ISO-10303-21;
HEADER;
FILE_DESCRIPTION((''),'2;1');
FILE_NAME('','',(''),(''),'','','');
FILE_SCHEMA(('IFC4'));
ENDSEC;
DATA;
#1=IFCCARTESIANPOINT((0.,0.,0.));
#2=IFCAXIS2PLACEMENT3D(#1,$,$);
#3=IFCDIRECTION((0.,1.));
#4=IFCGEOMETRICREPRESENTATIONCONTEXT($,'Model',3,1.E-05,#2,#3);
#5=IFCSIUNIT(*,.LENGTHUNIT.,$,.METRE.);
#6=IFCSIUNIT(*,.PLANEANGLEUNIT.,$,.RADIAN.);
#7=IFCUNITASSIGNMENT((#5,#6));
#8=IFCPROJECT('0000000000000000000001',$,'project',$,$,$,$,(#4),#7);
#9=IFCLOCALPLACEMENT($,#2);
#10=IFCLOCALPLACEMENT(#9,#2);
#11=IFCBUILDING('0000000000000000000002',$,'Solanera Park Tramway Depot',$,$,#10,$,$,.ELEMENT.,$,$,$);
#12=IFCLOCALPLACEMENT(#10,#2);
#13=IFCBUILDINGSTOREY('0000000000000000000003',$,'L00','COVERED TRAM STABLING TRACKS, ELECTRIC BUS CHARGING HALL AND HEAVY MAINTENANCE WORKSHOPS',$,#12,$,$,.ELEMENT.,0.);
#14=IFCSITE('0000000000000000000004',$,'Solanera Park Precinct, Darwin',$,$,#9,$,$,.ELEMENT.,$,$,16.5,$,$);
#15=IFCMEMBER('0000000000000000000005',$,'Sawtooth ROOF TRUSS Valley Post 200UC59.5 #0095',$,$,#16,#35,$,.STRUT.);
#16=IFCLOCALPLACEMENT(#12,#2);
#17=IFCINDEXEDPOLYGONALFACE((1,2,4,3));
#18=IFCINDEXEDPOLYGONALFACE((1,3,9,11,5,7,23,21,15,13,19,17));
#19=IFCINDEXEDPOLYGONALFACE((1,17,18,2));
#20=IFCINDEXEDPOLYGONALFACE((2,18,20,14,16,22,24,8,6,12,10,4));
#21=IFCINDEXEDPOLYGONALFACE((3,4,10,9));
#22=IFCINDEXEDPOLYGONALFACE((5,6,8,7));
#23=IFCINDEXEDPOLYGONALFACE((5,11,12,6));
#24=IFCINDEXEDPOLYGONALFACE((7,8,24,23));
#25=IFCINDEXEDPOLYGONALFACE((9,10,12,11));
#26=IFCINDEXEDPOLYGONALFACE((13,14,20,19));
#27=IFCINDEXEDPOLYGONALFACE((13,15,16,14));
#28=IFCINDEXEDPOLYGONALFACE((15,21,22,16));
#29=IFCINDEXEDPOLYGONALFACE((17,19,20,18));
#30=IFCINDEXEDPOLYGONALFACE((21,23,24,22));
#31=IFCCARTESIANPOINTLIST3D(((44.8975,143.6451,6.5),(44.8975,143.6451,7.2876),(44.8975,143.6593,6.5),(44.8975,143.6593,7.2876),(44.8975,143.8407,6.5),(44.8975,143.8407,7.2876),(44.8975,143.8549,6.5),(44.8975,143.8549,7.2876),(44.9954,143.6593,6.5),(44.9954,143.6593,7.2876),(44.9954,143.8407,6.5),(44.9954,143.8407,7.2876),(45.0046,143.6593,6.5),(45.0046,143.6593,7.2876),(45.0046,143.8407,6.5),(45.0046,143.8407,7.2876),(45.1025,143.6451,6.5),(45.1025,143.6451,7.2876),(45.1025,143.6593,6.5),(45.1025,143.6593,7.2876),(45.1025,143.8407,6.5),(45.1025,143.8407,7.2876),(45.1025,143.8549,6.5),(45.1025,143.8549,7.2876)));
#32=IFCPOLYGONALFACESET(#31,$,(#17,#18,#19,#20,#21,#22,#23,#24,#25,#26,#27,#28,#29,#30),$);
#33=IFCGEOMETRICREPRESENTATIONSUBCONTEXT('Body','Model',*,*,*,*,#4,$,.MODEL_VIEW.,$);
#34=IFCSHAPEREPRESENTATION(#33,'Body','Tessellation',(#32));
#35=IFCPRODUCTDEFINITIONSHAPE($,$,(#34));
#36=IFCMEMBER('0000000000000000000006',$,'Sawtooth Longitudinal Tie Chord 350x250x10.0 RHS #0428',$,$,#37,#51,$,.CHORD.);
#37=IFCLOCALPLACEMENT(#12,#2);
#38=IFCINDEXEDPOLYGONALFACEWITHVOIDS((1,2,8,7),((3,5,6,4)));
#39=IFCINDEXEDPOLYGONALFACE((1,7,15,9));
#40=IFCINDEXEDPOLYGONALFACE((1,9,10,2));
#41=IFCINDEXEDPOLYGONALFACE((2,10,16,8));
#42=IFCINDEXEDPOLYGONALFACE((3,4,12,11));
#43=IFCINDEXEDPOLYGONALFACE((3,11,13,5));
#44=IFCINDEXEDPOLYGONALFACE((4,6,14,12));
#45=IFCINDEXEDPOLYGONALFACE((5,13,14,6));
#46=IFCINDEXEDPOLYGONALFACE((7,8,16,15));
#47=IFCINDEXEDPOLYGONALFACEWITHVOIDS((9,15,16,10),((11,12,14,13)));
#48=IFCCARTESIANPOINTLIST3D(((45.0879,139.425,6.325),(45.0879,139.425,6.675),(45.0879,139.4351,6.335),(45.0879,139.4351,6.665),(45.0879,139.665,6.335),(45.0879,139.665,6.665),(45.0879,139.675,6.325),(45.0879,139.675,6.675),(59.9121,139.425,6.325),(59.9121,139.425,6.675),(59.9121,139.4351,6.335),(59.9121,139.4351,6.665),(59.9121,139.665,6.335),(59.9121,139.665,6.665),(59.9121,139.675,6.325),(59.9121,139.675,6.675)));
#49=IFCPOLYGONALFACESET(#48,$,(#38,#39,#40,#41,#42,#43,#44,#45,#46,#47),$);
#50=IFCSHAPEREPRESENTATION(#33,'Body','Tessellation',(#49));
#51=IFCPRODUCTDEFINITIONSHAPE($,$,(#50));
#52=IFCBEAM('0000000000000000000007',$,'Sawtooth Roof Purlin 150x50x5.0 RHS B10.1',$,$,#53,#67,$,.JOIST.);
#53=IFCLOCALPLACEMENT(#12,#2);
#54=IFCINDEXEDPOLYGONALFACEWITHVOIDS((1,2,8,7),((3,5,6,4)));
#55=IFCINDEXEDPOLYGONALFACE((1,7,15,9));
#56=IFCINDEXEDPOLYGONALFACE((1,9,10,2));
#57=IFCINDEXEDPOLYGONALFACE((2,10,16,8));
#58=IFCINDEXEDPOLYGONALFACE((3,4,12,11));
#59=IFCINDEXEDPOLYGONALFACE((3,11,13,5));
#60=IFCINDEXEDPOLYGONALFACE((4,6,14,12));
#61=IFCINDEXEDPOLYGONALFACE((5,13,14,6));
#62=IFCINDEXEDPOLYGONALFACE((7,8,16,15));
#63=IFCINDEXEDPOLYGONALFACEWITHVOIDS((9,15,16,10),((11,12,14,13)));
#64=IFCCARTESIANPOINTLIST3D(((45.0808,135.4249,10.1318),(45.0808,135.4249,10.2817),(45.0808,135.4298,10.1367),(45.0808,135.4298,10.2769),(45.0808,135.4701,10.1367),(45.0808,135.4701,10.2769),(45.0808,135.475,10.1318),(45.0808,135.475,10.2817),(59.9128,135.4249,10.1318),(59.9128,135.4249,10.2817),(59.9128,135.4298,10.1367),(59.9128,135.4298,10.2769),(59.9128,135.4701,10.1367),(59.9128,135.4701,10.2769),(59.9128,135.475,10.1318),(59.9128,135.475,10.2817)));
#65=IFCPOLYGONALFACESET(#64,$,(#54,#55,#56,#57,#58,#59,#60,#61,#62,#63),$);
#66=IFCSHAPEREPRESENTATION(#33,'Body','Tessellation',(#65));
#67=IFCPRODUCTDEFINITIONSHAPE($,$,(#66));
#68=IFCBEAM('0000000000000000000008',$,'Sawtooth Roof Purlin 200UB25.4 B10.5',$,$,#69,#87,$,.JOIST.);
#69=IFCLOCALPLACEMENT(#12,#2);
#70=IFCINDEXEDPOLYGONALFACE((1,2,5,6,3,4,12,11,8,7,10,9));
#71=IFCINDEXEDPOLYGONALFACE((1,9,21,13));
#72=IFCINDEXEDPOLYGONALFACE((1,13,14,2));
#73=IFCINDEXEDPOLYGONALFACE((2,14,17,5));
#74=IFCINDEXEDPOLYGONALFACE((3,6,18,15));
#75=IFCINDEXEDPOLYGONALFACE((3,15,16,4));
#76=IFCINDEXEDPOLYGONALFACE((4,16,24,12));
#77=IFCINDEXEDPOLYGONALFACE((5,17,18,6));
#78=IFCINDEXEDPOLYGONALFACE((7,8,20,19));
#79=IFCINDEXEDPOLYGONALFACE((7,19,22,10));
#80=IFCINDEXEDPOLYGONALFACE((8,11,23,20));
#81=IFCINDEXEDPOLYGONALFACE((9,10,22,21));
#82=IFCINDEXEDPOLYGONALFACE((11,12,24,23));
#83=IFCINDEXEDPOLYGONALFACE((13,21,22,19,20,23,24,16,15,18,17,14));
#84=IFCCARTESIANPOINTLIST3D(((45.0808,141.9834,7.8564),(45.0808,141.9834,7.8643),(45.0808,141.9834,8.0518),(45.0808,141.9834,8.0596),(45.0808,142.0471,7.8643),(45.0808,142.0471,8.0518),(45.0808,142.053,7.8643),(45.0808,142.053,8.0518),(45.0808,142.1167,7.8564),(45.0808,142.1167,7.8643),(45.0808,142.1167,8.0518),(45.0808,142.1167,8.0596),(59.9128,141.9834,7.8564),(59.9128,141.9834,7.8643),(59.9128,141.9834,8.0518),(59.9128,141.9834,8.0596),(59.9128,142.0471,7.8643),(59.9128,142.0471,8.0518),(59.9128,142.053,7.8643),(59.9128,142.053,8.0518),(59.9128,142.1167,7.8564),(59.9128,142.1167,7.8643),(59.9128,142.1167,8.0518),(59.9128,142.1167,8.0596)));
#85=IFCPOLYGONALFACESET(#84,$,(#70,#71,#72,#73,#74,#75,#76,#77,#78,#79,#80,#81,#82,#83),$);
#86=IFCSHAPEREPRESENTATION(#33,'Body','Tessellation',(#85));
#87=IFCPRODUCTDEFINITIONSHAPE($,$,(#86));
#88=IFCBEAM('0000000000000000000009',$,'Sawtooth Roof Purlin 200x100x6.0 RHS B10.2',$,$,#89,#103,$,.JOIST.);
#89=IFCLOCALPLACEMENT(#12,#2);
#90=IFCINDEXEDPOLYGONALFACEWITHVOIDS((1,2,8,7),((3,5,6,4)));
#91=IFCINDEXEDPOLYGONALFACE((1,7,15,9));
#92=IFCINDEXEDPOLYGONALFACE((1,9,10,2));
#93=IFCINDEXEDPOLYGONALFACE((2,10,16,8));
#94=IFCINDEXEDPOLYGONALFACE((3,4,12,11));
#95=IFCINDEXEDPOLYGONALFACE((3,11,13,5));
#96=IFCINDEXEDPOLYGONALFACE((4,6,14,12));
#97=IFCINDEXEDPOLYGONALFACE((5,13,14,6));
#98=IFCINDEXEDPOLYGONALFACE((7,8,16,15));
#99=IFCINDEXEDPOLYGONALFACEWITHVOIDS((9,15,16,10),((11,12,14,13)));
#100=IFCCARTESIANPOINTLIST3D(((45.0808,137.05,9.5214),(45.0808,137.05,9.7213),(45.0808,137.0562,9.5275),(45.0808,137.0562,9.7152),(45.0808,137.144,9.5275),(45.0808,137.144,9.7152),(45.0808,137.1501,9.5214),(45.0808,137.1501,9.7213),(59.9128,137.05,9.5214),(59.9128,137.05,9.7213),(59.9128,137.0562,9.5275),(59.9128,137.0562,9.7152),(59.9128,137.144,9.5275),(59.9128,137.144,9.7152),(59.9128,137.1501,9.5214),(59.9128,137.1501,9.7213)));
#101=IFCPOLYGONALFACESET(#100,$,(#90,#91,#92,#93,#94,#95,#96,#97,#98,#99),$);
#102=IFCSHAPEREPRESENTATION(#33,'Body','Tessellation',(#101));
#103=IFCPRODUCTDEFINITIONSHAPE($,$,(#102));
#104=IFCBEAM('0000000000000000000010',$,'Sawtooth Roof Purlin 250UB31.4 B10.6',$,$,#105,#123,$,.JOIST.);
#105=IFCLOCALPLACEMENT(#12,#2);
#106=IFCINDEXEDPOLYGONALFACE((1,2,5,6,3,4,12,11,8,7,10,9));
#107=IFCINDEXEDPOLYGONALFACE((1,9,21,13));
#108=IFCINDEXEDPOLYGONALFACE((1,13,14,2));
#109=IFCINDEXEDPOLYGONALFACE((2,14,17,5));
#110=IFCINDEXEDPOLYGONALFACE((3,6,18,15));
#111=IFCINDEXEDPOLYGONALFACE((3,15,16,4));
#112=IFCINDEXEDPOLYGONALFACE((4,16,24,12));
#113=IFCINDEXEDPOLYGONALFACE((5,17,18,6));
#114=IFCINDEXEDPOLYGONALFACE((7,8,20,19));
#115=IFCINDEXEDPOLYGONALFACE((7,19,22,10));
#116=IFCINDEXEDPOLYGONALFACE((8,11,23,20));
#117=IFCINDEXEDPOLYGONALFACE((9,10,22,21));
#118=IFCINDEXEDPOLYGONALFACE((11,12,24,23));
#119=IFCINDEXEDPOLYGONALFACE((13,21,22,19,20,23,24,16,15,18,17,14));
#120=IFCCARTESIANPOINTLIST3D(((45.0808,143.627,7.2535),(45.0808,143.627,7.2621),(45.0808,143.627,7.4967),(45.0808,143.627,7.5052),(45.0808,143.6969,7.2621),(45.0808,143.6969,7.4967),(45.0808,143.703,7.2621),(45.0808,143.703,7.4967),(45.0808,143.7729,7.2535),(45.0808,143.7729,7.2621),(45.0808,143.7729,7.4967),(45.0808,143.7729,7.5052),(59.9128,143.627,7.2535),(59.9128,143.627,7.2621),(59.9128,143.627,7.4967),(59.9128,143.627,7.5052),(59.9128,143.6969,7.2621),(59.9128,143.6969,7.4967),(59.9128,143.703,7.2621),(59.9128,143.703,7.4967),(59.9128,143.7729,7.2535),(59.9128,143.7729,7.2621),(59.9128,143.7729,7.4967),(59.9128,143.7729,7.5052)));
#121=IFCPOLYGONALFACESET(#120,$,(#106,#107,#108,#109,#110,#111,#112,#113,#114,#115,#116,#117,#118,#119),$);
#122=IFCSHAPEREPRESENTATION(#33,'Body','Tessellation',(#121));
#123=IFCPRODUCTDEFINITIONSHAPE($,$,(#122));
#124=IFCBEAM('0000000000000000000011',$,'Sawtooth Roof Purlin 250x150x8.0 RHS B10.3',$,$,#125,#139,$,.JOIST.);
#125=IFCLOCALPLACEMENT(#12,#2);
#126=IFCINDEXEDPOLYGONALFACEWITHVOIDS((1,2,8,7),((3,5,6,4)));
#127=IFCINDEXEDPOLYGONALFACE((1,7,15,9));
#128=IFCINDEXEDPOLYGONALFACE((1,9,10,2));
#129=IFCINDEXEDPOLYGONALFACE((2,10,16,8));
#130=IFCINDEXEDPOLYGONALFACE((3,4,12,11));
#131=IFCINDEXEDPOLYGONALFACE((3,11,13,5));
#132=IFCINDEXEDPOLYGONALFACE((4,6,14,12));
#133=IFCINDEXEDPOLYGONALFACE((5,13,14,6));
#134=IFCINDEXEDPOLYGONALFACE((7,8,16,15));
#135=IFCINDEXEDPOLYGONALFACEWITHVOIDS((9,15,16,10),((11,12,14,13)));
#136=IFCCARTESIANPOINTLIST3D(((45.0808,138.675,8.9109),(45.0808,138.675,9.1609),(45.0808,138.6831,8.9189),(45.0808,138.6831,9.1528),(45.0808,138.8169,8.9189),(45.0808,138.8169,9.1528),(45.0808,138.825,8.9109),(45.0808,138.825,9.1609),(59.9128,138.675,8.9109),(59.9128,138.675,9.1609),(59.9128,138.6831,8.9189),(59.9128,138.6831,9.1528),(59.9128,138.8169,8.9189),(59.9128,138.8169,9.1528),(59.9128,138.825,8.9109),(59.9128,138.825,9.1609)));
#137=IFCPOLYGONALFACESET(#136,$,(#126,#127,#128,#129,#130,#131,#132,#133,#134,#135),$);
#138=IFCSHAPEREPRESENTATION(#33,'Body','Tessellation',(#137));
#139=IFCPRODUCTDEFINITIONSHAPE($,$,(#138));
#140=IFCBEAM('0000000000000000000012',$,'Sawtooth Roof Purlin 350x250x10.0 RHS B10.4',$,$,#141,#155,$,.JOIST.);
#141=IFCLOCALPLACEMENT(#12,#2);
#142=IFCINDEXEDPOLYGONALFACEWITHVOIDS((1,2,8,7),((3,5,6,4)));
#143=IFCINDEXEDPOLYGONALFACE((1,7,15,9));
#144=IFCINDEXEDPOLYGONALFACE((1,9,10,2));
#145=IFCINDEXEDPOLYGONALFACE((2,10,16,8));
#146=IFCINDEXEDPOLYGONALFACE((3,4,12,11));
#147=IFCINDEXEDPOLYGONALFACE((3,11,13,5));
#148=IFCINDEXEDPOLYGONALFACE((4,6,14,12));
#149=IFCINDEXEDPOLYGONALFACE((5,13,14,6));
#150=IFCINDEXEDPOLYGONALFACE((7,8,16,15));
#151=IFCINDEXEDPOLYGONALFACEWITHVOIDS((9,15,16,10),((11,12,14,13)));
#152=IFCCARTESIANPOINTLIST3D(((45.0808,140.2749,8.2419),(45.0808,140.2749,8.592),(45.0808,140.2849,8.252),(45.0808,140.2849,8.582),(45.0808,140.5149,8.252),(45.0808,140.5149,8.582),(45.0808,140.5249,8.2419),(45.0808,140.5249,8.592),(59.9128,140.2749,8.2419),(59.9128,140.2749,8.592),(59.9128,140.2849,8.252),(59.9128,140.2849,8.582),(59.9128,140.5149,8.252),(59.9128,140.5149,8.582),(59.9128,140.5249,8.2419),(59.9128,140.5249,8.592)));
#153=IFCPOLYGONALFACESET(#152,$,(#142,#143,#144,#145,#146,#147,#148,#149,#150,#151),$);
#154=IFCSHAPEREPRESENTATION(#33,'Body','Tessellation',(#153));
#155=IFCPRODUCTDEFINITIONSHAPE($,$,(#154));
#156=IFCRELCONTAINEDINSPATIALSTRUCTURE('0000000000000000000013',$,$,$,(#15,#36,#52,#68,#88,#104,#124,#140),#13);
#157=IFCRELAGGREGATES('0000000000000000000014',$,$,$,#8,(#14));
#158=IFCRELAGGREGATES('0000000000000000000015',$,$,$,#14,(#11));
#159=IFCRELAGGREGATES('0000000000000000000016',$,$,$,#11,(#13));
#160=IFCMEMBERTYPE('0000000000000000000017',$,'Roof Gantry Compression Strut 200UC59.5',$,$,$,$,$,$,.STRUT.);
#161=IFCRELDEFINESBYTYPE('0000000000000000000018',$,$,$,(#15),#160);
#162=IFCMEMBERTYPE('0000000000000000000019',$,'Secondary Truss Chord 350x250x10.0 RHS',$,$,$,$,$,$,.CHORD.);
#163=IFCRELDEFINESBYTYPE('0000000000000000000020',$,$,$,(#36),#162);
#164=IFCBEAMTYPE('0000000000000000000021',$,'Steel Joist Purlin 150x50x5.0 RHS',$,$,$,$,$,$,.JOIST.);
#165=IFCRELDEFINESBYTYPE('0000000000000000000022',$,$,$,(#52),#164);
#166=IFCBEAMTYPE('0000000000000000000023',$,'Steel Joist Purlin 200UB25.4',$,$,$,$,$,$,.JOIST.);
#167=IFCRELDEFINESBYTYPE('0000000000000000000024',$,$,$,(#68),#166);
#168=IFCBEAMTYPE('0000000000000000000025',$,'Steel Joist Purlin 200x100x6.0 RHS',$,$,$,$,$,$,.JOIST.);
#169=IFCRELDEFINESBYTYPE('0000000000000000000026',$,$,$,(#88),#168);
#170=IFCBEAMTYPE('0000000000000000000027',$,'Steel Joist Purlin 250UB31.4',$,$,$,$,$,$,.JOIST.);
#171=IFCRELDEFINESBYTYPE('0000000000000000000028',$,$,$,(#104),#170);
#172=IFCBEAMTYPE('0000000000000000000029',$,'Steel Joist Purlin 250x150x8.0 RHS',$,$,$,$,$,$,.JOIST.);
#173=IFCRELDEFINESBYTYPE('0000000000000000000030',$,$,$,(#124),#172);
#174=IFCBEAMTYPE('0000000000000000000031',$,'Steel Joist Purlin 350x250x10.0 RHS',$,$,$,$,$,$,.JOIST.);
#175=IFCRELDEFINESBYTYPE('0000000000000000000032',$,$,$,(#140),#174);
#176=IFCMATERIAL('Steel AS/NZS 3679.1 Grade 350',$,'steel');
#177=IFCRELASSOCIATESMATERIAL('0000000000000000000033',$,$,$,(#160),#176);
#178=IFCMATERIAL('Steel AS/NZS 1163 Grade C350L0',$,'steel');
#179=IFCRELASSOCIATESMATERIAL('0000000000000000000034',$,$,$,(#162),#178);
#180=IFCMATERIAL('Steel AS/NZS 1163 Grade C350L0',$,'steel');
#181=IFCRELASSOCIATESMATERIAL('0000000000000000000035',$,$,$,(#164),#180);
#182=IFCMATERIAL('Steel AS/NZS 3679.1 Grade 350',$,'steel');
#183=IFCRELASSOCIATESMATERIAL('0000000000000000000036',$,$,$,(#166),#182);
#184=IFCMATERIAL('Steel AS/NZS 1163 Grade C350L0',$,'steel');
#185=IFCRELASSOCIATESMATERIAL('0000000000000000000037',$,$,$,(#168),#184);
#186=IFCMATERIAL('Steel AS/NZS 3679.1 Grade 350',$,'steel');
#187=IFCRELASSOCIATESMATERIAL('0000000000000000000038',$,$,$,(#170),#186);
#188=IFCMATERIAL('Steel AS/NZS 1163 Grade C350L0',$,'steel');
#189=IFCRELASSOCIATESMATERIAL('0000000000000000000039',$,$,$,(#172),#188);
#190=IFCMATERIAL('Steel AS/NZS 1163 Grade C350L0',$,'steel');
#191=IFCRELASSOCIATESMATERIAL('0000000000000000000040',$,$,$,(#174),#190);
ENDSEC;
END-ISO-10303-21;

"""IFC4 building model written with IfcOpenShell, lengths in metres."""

from ifc_helpers import new_model, si_unit, direction, frame, origin, origin_2d, place, context, subcontext, project, spatial, hollow_rectangle, i_section, extrude, material, material_profile, profile_set, type_object, element, save


model = new_model("IFC4")

# Units and contexts
model_context = context("Model", 3, precision=1e-05, world=origin(), true_north=direction((0.0, 1.0)))
body_context = subcontext(model_context, "Body", "Model", "MODEL_VIEW")
ifc_project = project(units=[si_unit("LENGTHUNIT", "METRE"), si_unit("PLANEANGLEUNIT", "RADIAN")], contexts=[model_context])

# Site, building, storey
site_placement = place(None, origin())
site = spatial("IfcSite", under=ifc_project, at=site_placement, Name="Solanera Park Precinct, Darwin", CompositionType="ELEMENT", RefElevation=16.5)
building_placement = place(site_placement, origin())
building = spatial("IfcBuilding", under=site, at=building_placement, Name="Solanera Park Tramway Depot", CompositionType="ELEMENT")
storey_placement = place(building_placement, origin())
storey = spatial("IfcBuildingStorey", under=building, at=storey_placement, Name="L00", Description="COVERED TRAM STABLING TRACKS, ELECTRIC BUS CHARGING HALL AND HEAVY MAINTENANCE WORKSHOPS", CompositionType="ELEMENT", Elevation=0.0)

# Members
ifc_material_1 = material(Name="Steel AS/NZS 3679.1 Grade 350", Category="steel")
ifc_material_profile_1 = material_profile(ifc_material_1, i_section(OverallWidth=0.2051, OverallDepth=0.2097, WebThickness=0.0093, FlangeThickness=0.0142, at=origin_2d()), Name="200UC59.5")
ifc_profile_set_1 = profile_set([ifc_material_profile_1], Name="Steel AS/NZS 3679.1 Grade 350")
member_type_1 = type_object("IfcMemberType", Name="Roof Gantry Compression Strut 200UC59.5", PredefinedType="STRUT", material=ifc_profile_set_1)
member_1_placement = place(storey_placement, frame((45.0, 143.75, 6.5), z_axis=(0.0, 0.0, 1.0), x_axis=(1.0, 0.0, 0.0)))
element("IfcMember", 1, at=member_1_placement, inside=storey, type_object=member_type_1, Name="Sawtooth ROOF TRUSS Valley Post 200UC59.5 #0095", PredefinedType="STRUT", context=body_context, shape_type="SweptSolid", body=[
    extrude(i_section(OverallWidth=0.2051, OverallDepth=0.2097, WebThickness=0.0093, FlangeThickness=0.0142, at=origin_2d()), origin(), (0.0, 0.0, 1.0), 0.7876),
])
ifc_material_2 = material(Name="Steel AS/NZS 1163 Grade C350L0", Category="steel")
ifc_material_profile_2 = material_profile(ifc_material_2, hollow_rectangle(XDim=0.25, YDim=0.3501, WallThickness=0.01, at=origin_2d()), Name="350x250x10.0 RHS")
ifc_profile_set_2 = profile_set([ifc_material_profile_2], Name="Steel AS/NZS 1163 Grade C350L0")
member_type_2 = type_object("IfcMemberType", Name="Secondary Truss Chord 350x250x10.0 RHS", PredefinedType="CHORD", material=ifc_profile_set_2)
member_2_placement = place(storey_placement, frame((45.0879, 139.55, 6.5), z_axis=(1.0, 0.0, 0.0), x_axis=(0.0, 1.0, 0.0)))
element("IfcMember", 2, at=member_2_placement, inside=storey, type_object=member_type_2, Name="Sawtooth Longitudinal Tie Chord 350x250x10.0 RHS #0428", PredefinedType="CHORD", context=body_context, shape_type="SweptSolid", body=[
    extrude(hollow_rectangle(XDim=0.25, YDim=0.3501, WallThickness=0.01, at=origin_2d()), origin(), (0.0, 0.0, 1.0), 14.8242),
])

# Beams
ifc_material_3 = material(Name="Steel AS/NZS 1163 Grade C350L0", Category="steel")
ifc_material_profile_3 = material_profile(ifc_material_3, hollow_rectangle(XDim=0.05, YDim=0.1499, WallThickness=0.0049, at=origin_2d()), Name="150x50x5.0 RHS")
ifc_profile_set_3 = profile_set([ifc_material_profile_3], Name="Steel AS/NZS 1163 Grade C350L0")
beam_type_1 = type_object("IfcBeamType", Name="Steel Joist Purlin 150x50x5.0 RHS", PredefinedType="JOIST", material=ifc_profile_set_3)
beam_1_placement = place(storey_placement, frame((45.0808, 135.45, 10.2068), z_axis=(1.0, 0.0, 0.0), x_axis=(0.0, 1.0, 0.0)))
element("IfcBeam", 3, at=beam_1_placement, inside=storey, type_object=beam_type_1, Name="Sawtooth Roof Purlin 150x50x5.0 RHS B10.1", PredefinedType="JOIST", context=body_context, shape_type="SweptSolid", body=[
    extrude(hollow_rectangle(XDim=0.05, YDim=0.1499, WallThickness=0.0049, at=origin_2d()), origin(), (0.0, 0.0, 1.0), 14.832),
])
ifc_material_4 = material(Name="Steel AS/NZS 3679.1 Grade 350", Category="steel")
ifc_material_profile_4 = material_profile(ifc_material_4, i_section(OverallWidth=0.1333, OverallDepth=0.2031, WebThickness=0.0059, FlangeThickness=0.0078, at=origin_2d()), Name="200UB25.4")
ifc_profile_set_4 = profile_set([ifc_material_profile_4], Name="Steel AS/NZS 3679.1 Grade 350")
beam_type_2 = type_object("IfcBeamType", Name="Steel Joist Purlin 200UB25.4", PredefinedType="JOIST", material=ifc_profile_set_4)
beam_2_placement = place(storey_placement, frame((45.0808, 142.05, 7.958), z_axis=(1.0, 0.0, 0.0), x_axis=(0.0, 1.0, 0.0)))
element("IfcBeam", 4, at=beam_2_placement, inside=storey, type_object=beam_type_2, Name="Sawtooth Roof Purlin 200UB25.4 B10.5", PredefinedType="JOIST", context=body_context, shape_type="SweptSolid", body=[
    extrude(i_section(OverallWidth=0.1333, OverallDepth=0.2031, WebThickness=0.0059, FlangeThickness=0.0078, at=origin_2d()), origin(), (0.0, 0.0, 1.0), 14.832),
])
ifc_material_5 = material(Name="Steel AS/NZS 1163 Grade C350L0", Category="steel")
ifc_material_profile_5 = material_profile(ifc_material_5, hollow_rectangle(XDim=0.1001, YDim=0.2, WallThickness=0.0061, at=origin_2d()), Name="200x100x6.0 RHS")
ifc_profile_set_5 = profile_set([ifc_material_profile_5], Name="Steel AS/NZS 1163 Grade C350L0")
beam_type_3 = type_object("IfcBeamType", Name="Steel Joist Purlin 200x100x6.0 RHS", PredefinedType="JOIST", material=ifc_profile_set_5)
beam_3_placement = place(storey_placement, frame((45.0808, 137.1001, 9.6213), z_axis=(1.0, 0.0, 0.0), x_axis=(0.0, 1.0, 0.0)))
element("IfcBeam", 5, at=beam_3_placement, inside=storey, type_object=beam_type_3, Name="Sawtooth Roof Purlin 200x100x6.0 RHS B10.2", PredefinedType="JOIST", context=body_context, shape_type="SweptSolid", body=[
    extrude(hollow_rectangle(XDim=0.1001, YDim=0.2, WallThickness=0.0061, at=origin_2d()), origin(), (0.0, 0.0, 1.0), 14.832),
])
ifc_material_6 = material(Name="Steel AS/NZS 3679.1 Grade 350", Category="steel")
ifc_material_profile_6 = material_profile(ifc_material_6, i_section(OverallWidth=0.146, OverallDepth=0.2517, WebThickness=0.0061, FlangeThickness=0.0085, at=origin_2d()), Name="250UB31.4")
ifc_profile_set_6 = profile_set([ifc_material_profile_6], Name="Steel AS/NZS 3679.1 Grade 350")
beam_type_4 = type_object("IfcBeamType", Name="Steel Joist Purlin 250UB31.4", PredefinedType="JOIST", material=ifc_profile_set_6)
beam_4_placement = place(storey_placement, frame((45.0808, 143.7, 7.3794), z_axis=(1.0, 0.0, 0.0), x_axis=(0.0, 1.0, 0.0)))
element("IfcBeam", 6, at=beam_4_placement, inside=storey, type_object=beam_type_4, Name="Sawtooth Roof Purlin 250UB31.4 B10.6", PredefinedType="JOIST", context=body_context, shape_type="SweptSolid", body=[
    extrude(i_section(OverallWidth=0.146, OverallDepth=0.2517, WebThickness=0.0061, FlangeThickness=0.0085, at=origin_2d()), origin(), (0.0, 0.0, 1.0), 14.832),
])
ifc_material_7 = material(Name="Steel AS/NZS 1163 Grade C350L0", Category="steel")
ifc_material_profile_7 = material_profile(ifc_material_7, hollow_rectangle(XDim=0.1499, YDim=0.25, WallThickness=0.0081, at=origin_2d()), Name="250x150x8.0 RHS")
ifc_profile_set_7 = profile_set([ifc_material_profile_7], Name="Steel AS/NZS 1163 Grade C350L0")
beam_type_5 = type_object("IfcBeamType", Name="Steel Joist Purlin 250x150x8.0 RHS", PredefinedType="JOIST", material=ifc_profile_set_7)
beam_5_placement = place(storey_placement, frame((45.0808, 138.75, 9.0359), z_axis=(1.0, 0.0, 0.0), x_axis=(0.0, 1.0, 0.0)))
element("IfcBeam", 7, at=beam_5_placement, inside=storey, type_object=beam_type_5, Name="Sawtooth Roof Purlin 250x150x8.0 RHS B10.3", PredefinedType="JOIST", context=body_context, shape_type="SweptSolid", body=[
    extrude(hollow_rectangle(XDim=0.1499, YDim=0.25, WallThickness=0.0081, at=origin_2d()), origin(), (0.0, 0.0, 1.0), 14.832),
])
ifc_material_8 = material(Name="Steel AS/NZS 1163 Grade C350L0", Category="steel")
ifc_material_profile_8 = material_profile(ifc_material_8, hollow_rectangle(XDim=0.25, YDim=0.3501, WallThickness=0.01, at=origin_2d()), Name="350x250x10.0 RHS")
ifc_profile_set_8 = profile_set([ifc_material_profile_8], Name="Steel AS/NZS 1163 Grade C350L0")
beam_type_6 = type_object("IfcBeamType", Name="Steel Joist Purlin 350x250x10.0 RHS", PredefinedType="JOIST", material=ifc_profile_set_8)
beam_6_placement = place(storey_placement, frame((45.0808, 140.3999, 8.417), z_axis=(1.0, 0.0, 0.0), x_axis=(0.0, 1.0, 0.0)))
element("IfcBeam", 8, at=beam_6_placement, inside=storey, type_object=beam_type_6, Name="Sawtooth Roof Purlin 350x250x10.0 RHS B10.4", PredefinedType="JOIST", context=body_context, shape_type="SweptSolid", body=[
    extrude(hollow_rectangle(XDim=0.25, YDim=0.3501, WallThickness=0.01, at=origin_2d()), origin(), (0.0, 0.0, 1.0), 14.832),
])

save(model, "model.ifc")
